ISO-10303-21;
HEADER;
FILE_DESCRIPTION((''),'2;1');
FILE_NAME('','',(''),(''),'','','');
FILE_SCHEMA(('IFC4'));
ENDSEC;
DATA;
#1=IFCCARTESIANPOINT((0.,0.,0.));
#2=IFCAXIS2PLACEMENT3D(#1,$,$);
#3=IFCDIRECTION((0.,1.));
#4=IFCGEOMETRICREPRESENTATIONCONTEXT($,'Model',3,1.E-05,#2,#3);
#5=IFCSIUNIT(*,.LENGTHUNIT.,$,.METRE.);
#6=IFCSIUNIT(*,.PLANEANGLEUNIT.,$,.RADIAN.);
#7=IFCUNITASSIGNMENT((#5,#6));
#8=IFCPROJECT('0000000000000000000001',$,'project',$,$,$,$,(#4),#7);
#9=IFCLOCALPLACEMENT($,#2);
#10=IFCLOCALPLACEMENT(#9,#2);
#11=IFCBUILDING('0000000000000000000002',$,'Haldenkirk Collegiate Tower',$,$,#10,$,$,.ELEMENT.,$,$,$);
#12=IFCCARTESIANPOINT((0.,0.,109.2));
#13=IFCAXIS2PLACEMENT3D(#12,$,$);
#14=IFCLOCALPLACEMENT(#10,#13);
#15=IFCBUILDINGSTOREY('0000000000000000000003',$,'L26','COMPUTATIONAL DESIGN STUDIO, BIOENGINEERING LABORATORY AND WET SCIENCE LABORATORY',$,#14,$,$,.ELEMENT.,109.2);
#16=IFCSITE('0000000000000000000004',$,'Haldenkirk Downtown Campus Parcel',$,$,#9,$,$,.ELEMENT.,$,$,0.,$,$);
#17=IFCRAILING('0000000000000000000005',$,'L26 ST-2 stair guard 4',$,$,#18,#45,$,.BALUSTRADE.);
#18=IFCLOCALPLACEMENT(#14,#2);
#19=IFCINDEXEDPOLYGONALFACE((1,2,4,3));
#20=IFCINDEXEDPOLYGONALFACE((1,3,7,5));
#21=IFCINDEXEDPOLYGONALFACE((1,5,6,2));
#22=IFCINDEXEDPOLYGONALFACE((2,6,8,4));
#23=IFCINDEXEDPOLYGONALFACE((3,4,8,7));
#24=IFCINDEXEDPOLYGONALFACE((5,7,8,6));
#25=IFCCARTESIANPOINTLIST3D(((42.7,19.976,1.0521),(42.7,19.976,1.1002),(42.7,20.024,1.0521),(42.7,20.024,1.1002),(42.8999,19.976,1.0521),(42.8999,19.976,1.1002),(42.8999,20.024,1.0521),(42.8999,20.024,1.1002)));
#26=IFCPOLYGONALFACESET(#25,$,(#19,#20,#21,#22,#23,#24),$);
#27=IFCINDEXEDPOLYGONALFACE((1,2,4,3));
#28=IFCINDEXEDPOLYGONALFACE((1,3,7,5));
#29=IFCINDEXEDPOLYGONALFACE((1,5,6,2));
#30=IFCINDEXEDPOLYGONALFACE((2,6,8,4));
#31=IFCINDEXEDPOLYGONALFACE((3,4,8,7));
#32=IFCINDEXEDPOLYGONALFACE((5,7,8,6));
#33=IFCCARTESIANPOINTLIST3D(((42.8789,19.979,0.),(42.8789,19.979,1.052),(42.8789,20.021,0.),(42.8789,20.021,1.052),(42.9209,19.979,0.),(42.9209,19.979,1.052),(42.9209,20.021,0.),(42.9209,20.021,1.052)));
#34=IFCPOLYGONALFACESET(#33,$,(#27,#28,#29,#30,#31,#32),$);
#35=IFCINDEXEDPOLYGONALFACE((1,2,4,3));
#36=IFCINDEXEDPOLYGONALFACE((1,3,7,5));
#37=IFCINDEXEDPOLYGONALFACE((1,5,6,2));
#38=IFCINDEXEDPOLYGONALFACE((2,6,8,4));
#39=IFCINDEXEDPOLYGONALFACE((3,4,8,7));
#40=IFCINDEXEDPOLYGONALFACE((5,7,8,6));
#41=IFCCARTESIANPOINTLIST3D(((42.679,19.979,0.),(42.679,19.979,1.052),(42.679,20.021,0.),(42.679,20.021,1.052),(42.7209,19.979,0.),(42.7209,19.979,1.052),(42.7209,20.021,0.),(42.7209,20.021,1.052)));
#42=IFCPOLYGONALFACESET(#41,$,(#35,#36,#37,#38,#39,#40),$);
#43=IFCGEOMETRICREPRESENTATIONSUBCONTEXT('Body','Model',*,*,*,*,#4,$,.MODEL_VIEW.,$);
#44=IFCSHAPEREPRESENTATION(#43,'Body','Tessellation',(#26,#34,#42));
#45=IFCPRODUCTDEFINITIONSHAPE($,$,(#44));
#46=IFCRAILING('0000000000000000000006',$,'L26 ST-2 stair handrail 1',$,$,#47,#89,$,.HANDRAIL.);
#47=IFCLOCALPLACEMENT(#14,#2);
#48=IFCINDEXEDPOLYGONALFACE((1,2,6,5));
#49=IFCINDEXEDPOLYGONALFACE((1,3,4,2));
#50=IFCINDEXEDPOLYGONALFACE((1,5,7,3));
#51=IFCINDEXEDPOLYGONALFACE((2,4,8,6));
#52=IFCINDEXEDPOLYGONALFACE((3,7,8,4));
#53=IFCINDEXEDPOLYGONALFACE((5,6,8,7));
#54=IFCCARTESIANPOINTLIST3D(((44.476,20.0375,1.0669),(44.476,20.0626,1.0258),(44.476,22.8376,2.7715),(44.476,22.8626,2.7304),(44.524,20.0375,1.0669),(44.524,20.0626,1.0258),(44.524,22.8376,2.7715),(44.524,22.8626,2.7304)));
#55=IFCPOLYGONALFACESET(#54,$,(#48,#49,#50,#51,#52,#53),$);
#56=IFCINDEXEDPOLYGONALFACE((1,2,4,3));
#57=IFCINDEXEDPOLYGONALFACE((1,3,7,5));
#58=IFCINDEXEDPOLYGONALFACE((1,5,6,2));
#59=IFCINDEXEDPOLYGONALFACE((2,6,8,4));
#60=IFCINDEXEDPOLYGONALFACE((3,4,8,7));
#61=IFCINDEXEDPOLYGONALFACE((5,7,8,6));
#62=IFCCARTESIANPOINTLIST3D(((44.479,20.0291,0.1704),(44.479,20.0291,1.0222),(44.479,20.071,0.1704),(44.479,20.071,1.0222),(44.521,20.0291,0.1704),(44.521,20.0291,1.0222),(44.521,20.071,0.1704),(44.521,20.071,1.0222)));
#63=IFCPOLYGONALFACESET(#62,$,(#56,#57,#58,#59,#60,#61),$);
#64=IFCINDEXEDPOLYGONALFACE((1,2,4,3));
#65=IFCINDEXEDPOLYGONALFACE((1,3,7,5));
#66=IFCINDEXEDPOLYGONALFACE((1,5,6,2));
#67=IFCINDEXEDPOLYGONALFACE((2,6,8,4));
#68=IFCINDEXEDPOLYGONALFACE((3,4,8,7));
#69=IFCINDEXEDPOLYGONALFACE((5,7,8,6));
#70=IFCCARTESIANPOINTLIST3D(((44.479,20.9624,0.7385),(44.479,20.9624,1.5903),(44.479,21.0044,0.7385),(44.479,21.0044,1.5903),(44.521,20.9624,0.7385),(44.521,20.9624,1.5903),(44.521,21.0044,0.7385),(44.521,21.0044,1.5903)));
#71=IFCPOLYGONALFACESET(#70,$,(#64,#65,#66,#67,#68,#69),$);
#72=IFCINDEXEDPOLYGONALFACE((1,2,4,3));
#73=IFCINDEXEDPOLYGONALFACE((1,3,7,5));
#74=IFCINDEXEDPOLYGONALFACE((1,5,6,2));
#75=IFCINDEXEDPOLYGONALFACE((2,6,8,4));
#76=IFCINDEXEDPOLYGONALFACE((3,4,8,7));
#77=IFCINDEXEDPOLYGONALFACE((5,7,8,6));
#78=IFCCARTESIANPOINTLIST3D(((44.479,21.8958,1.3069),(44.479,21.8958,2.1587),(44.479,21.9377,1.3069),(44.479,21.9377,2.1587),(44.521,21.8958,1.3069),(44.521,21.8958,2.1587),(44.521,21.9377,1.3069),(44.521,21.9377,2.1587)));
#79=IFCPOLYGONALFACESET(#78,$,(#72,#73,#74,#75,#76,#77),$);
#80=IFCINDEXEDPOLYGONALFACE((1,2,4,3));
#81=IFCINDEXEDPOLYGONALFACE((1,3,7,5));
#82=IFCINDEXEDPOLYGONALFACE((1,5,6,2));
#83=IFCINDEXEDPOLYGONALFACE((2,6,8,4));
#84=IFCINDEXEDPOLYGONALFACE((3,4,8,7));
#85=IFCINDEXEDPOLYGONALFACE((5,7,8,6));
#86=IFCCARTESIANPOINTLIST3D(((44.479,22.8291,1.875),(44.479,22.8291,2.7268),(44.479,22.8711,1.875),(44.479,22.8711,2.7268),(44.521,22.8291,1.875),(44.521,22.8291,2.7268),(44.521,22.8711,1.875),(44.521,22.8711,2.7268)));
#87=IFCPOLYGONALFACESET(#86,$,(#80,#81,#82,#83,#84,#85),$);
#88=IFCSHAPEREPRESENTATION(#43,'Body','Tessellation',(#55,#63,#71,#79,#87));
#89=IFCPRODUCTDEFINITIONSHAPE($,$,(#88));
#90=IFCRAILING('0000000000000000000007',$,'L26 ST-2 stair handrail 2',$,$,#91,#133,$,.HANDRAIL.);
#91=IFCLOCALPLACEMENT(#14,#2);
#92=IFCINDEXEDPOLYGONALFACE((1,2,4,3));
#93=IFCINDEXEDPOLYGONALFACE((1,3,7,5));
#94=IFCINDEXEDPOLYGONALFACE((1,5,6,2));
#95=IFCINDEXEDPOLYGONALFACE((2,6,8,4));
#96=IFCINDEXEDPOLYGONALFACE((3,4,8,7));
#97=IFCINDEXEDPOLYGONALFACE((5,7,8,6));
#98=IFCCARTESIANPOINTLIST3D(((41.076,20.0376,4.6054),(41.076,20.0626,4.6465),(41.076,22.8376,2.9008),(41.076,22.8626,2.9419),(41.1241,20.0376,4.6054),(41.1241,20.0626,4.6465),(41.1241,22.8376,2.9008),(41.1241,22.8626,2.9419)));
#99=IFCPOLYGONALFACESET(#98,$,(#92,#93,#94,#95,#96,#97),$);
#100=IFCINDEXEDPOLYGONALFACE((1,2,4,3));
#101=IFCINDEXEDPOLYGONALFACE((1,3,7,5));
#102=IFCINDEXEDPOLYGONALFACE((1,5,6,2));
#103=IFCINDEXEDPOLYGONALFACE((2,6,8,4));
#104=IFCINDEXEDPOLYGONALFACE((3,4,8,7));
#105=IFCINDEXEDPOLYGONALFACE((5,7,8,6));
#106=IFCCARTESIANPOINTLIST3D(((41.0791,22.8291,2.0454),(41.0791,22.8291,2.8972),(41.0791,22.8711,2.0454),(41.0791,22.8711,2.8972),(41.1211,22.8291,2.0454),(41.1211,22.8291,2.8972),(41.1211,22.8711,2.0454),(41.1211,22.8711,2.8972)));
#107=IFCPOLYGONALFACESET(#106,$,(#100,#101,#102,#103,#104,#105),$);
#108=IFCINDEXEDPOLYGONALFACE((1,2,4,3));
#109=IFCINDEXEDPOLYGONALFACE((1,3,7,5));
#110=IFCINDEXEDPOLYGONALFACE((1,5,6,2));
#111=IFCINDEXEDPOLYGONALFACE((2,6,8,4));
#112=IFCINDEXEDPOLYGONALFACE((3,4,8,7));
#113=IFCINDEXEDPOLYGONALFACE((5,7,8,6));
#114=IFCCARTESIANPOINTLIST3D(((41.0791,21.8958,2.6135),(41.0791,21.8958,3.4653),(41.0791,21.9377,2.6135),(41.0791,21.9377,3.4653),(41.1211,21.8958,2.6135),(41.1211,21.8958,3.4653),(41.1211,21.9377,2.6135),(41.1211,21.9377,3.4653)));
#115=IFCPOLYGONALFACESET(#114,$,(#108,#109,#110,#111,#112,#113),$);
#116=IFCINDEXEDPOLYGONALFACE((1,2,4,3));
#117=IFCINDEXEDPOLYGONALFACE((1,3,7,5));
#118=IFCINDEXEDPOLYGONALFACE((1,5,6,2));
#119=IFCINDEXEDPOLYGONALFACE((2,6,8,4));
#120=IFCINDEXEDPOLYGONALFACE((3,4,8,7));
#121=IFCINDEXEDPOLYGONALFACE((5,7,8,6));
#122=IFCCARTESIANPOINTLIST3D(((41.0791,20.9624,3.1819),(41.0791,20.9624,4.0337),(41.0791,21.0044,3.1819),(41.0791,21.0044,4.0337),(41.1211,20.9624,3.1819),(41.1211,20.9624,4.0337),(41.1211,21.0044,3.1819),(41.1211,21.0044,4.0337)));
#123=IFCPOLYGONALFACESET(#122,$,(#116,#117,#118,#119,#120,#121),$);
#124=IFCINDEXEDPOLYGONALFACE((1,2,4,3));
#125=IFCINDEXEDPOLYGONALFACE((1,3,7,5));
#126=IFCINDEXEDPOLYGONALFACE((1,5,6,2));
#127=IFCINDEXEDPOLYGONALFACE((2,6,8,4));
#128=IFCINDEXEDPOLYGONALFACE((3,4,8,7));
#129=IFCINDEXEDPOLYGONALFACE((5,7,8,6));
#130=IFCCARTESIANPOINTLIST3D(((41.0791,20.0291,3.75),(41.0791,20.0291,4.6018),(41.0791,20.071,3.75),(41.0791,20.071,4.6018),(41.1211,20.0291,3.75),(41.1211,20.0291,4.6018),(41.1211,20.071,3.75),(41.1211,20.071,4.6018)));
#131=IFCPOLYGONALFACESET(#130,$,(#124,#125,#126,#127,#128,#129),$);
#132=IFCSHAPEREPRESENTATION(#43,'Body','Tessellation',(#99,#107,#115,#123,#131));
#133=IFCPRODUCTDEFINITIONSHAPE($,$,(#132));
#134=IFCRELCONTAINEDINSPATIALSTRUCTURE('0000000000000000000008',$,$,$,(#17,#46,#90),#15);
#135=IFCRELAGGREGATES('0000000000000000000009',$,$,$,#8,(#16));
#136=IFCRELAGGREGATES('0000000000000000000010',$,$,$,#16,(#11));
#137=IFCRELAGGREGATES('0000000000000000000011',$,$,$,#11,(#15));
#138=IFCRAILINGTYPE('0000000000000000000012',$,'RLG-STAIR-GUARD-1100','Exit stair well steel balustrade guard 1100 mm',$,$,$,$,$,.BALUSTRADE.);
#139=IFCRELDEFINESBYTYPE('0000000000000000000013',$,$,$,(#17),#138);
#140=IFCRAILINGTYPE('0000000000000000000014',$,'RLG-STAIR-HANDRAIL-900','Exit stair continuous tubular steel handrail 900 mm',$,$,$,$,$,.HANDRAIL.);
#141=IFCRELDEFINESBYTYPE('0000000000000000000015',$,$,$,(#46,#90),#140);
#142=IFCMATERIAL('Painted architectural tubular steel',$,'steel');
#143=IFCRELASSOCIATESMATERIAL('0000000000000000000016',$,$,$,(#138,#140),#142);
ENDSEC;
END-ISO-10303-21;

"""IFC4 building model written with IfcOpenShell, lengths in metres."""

from ifc_helpers import new_model, si_unit, direction, frame, origin, origin_2d, place, context, subcontext, project, spatial, rectangle, extrude, material, type_object, element, save


model = new_model("IFC4")

# Units and contexts
model_context = context("Model", 3, precision=1e-05, world=origin(), true_north=direction((0.0, 1.0)))
body_context = subcontext(model_context, "Body", "Model", "MODEL_VIEW")
ifc_project = project(units=[si_unit("LENGTHUNIT", "METRE"), si_unit("PLANEANGLEUNIT", "RADIAN")], contexts=[model_context])

# Site, building, storey
site_placement = place(None, origin())
site = spatial("IfcSite", under=ifc_project, at=site_placement, Name="Haldenkirk Downtown Campus Parcel", CompositionType="ELEMENT", RefElevation=0.0)
building_placement = place(site_placement, origin())
building = spatial("IfcBuilding", under=site, at=building_placement, Name="Haldenkirk Collegiate Tower", CompositionType="ELEMENT")
storey_placement = place(building_placement, frame((0.0, 0.0, 109.2)))
storey = spatial("IfcBuildingStorey", under=building, at=storey_placement, Name="L26", Description="COMPUTATIONAL DESIGN STUDIO, BIOENGINEERING LABORATORY AND WET SCIENCE LABORATORY", CompositionType="ELEMENT", Elevation=109.2)

# Railings
ifc_material_1 = material(Name="Painted architectural tubular steel", Category="steel")
railing_type_1 = type_object("IfcRailingType", Name="RLG-STAIR-GUARD-1100", Description="Exit stair well steel balustrade guard 1100 mm", PredefinedType="BALUSTRADE", material=ifc_material_1)
railing_1_placement = place(storey_placement, frame((42.8999, 20.0, 0.0)))
element("IfcRailing", 1, at=railing_1_placement, inside=storey, type_object=railing_type_1, Name="L26 ST-2 stair guard 4", PredefinedType="BALUSTRADE", context=body_context, shape_type="SweptSolid", body=[
    extrude(rectangle(XDim=0.0481, YDim=0.0481, at=origin_2d()), frame((0.0, 0.0, 1.0762), z_axis=(-1.0, 0.0, 0.0), x_axis=(0.0, -1.0, 0.0)), (0.0, 0.0, 1.0), 0.2),
    extrude(rectangle(XDim=0.042, YDim=0.042, at=origin_2d()), origin(), (0.0, 0.0, 1.0), 1.052),
    extrude(rectangle(XDim=0.042, YDim=0.042, at=origin_2d()), frame((-0.2, 0.0, 0.0)), (0.0, 0.0, 1.0), 1.052),
])
railing_type_2 = type_object("IfcRailingType", Name="RLG-STAIR-HANDRAIL-900", Description="Exit stair continuous tubular steel handrail 900 mm", PredefinedType="HANDRAIL", material=ifc_material_1)
railing_2_placement = place(storey_placement, frame((44.5, 20.05, 0.1704)))
element("IfcRailing", 2, at=railing_2_placement, inside=storey, type_object=railing_type_2, Name="L26 ST-2 stair handrail 1", PredefinedType="HANDRAIL", context=body_context, shape_type="SweptSolid", body=[
    extrude(rectangle(XDim=0.0481, YDim=0.0481, at=origin_2d()), frame((0.0, 0.0, 0.876), z_axis=(0.0, 0.85417, 0.519994), x_axis=(-1.0, 0.0, 0.0)), (0.0, 0.0, 1.0), 3.2781),
    extrude(rectangle(XDim=0.042, YDim=0.042, at=origin_2d()), origin(), (0.0, 0.0, 1.0), 0.8518),
    extrude(rectangle(XDim=0.042, YDim=0.042, at=origin_2d()), frame((0.0, 0.9333, 0.5681)), (0.0, 0.0, 1.0), 0.8518),
    extrude(rectangle(XDim=0.042, YDim=0.042, at=origin_2d()), frame((0.0, 1.8667, 1.1365)), (0.0, 0.0, 1.0), 0.8518),
    extrude(rectangle(XDim=0.042, YDim=0.042, at=origin_2d()), frame((0.0, 2.8, 1.7046)), (0.0, 0.0, 1.0), 0.8518),
])
railing_3_placement = place(storey_placement, frame((41.1001, 22.8501, 2.0454)))
element("IfcRailing", 3, at=railing_3_placement, inside=storey, type_object=railing_type_2, Name="L26 ST-2 stair handrail 2", PredefinedType="HANDRAIL", context=body_context, shape_type="SweptSolid", body=[
    extrude(rectangle(XDim=0.0481, YDim=0.0481, at=origin_2d()), frame((0.0, 0.0, 0.876), z_axis=(0.0, -0.85417, 0.519994), x_axis=(1.0, 0.0, 0.0)), (0.0, 0.0, 1.0), 3.2781),
    extrude(rectangle(XDim=0.042, YDim=0.042, at=origin_2d()), origin(), (0.0, 0.0, 1.0), 0.8518),
    extrude(rectangle(XDim=0.042, YDim=0.042, at=origin_2d()), frame((0.0, -0.9333, 0.5681)), (0.0, 0.0, 1.0), 0.8518),
    extrude(rectangle(XDim=0.042, YDim=0.042, at=origin_2d()), frame((0.0, -1.8667, 1.1365)), (0.0, 0.0, 1.0), 0.8518),
    extrude(rectangle(XDim=0.042, YDim=0.042, at=origin_2d()), frame((0.0, -2.8, 1.7046)), (0.0, 0.0, 1.0), 0.8518),
])

save(model, "model.ifc")
